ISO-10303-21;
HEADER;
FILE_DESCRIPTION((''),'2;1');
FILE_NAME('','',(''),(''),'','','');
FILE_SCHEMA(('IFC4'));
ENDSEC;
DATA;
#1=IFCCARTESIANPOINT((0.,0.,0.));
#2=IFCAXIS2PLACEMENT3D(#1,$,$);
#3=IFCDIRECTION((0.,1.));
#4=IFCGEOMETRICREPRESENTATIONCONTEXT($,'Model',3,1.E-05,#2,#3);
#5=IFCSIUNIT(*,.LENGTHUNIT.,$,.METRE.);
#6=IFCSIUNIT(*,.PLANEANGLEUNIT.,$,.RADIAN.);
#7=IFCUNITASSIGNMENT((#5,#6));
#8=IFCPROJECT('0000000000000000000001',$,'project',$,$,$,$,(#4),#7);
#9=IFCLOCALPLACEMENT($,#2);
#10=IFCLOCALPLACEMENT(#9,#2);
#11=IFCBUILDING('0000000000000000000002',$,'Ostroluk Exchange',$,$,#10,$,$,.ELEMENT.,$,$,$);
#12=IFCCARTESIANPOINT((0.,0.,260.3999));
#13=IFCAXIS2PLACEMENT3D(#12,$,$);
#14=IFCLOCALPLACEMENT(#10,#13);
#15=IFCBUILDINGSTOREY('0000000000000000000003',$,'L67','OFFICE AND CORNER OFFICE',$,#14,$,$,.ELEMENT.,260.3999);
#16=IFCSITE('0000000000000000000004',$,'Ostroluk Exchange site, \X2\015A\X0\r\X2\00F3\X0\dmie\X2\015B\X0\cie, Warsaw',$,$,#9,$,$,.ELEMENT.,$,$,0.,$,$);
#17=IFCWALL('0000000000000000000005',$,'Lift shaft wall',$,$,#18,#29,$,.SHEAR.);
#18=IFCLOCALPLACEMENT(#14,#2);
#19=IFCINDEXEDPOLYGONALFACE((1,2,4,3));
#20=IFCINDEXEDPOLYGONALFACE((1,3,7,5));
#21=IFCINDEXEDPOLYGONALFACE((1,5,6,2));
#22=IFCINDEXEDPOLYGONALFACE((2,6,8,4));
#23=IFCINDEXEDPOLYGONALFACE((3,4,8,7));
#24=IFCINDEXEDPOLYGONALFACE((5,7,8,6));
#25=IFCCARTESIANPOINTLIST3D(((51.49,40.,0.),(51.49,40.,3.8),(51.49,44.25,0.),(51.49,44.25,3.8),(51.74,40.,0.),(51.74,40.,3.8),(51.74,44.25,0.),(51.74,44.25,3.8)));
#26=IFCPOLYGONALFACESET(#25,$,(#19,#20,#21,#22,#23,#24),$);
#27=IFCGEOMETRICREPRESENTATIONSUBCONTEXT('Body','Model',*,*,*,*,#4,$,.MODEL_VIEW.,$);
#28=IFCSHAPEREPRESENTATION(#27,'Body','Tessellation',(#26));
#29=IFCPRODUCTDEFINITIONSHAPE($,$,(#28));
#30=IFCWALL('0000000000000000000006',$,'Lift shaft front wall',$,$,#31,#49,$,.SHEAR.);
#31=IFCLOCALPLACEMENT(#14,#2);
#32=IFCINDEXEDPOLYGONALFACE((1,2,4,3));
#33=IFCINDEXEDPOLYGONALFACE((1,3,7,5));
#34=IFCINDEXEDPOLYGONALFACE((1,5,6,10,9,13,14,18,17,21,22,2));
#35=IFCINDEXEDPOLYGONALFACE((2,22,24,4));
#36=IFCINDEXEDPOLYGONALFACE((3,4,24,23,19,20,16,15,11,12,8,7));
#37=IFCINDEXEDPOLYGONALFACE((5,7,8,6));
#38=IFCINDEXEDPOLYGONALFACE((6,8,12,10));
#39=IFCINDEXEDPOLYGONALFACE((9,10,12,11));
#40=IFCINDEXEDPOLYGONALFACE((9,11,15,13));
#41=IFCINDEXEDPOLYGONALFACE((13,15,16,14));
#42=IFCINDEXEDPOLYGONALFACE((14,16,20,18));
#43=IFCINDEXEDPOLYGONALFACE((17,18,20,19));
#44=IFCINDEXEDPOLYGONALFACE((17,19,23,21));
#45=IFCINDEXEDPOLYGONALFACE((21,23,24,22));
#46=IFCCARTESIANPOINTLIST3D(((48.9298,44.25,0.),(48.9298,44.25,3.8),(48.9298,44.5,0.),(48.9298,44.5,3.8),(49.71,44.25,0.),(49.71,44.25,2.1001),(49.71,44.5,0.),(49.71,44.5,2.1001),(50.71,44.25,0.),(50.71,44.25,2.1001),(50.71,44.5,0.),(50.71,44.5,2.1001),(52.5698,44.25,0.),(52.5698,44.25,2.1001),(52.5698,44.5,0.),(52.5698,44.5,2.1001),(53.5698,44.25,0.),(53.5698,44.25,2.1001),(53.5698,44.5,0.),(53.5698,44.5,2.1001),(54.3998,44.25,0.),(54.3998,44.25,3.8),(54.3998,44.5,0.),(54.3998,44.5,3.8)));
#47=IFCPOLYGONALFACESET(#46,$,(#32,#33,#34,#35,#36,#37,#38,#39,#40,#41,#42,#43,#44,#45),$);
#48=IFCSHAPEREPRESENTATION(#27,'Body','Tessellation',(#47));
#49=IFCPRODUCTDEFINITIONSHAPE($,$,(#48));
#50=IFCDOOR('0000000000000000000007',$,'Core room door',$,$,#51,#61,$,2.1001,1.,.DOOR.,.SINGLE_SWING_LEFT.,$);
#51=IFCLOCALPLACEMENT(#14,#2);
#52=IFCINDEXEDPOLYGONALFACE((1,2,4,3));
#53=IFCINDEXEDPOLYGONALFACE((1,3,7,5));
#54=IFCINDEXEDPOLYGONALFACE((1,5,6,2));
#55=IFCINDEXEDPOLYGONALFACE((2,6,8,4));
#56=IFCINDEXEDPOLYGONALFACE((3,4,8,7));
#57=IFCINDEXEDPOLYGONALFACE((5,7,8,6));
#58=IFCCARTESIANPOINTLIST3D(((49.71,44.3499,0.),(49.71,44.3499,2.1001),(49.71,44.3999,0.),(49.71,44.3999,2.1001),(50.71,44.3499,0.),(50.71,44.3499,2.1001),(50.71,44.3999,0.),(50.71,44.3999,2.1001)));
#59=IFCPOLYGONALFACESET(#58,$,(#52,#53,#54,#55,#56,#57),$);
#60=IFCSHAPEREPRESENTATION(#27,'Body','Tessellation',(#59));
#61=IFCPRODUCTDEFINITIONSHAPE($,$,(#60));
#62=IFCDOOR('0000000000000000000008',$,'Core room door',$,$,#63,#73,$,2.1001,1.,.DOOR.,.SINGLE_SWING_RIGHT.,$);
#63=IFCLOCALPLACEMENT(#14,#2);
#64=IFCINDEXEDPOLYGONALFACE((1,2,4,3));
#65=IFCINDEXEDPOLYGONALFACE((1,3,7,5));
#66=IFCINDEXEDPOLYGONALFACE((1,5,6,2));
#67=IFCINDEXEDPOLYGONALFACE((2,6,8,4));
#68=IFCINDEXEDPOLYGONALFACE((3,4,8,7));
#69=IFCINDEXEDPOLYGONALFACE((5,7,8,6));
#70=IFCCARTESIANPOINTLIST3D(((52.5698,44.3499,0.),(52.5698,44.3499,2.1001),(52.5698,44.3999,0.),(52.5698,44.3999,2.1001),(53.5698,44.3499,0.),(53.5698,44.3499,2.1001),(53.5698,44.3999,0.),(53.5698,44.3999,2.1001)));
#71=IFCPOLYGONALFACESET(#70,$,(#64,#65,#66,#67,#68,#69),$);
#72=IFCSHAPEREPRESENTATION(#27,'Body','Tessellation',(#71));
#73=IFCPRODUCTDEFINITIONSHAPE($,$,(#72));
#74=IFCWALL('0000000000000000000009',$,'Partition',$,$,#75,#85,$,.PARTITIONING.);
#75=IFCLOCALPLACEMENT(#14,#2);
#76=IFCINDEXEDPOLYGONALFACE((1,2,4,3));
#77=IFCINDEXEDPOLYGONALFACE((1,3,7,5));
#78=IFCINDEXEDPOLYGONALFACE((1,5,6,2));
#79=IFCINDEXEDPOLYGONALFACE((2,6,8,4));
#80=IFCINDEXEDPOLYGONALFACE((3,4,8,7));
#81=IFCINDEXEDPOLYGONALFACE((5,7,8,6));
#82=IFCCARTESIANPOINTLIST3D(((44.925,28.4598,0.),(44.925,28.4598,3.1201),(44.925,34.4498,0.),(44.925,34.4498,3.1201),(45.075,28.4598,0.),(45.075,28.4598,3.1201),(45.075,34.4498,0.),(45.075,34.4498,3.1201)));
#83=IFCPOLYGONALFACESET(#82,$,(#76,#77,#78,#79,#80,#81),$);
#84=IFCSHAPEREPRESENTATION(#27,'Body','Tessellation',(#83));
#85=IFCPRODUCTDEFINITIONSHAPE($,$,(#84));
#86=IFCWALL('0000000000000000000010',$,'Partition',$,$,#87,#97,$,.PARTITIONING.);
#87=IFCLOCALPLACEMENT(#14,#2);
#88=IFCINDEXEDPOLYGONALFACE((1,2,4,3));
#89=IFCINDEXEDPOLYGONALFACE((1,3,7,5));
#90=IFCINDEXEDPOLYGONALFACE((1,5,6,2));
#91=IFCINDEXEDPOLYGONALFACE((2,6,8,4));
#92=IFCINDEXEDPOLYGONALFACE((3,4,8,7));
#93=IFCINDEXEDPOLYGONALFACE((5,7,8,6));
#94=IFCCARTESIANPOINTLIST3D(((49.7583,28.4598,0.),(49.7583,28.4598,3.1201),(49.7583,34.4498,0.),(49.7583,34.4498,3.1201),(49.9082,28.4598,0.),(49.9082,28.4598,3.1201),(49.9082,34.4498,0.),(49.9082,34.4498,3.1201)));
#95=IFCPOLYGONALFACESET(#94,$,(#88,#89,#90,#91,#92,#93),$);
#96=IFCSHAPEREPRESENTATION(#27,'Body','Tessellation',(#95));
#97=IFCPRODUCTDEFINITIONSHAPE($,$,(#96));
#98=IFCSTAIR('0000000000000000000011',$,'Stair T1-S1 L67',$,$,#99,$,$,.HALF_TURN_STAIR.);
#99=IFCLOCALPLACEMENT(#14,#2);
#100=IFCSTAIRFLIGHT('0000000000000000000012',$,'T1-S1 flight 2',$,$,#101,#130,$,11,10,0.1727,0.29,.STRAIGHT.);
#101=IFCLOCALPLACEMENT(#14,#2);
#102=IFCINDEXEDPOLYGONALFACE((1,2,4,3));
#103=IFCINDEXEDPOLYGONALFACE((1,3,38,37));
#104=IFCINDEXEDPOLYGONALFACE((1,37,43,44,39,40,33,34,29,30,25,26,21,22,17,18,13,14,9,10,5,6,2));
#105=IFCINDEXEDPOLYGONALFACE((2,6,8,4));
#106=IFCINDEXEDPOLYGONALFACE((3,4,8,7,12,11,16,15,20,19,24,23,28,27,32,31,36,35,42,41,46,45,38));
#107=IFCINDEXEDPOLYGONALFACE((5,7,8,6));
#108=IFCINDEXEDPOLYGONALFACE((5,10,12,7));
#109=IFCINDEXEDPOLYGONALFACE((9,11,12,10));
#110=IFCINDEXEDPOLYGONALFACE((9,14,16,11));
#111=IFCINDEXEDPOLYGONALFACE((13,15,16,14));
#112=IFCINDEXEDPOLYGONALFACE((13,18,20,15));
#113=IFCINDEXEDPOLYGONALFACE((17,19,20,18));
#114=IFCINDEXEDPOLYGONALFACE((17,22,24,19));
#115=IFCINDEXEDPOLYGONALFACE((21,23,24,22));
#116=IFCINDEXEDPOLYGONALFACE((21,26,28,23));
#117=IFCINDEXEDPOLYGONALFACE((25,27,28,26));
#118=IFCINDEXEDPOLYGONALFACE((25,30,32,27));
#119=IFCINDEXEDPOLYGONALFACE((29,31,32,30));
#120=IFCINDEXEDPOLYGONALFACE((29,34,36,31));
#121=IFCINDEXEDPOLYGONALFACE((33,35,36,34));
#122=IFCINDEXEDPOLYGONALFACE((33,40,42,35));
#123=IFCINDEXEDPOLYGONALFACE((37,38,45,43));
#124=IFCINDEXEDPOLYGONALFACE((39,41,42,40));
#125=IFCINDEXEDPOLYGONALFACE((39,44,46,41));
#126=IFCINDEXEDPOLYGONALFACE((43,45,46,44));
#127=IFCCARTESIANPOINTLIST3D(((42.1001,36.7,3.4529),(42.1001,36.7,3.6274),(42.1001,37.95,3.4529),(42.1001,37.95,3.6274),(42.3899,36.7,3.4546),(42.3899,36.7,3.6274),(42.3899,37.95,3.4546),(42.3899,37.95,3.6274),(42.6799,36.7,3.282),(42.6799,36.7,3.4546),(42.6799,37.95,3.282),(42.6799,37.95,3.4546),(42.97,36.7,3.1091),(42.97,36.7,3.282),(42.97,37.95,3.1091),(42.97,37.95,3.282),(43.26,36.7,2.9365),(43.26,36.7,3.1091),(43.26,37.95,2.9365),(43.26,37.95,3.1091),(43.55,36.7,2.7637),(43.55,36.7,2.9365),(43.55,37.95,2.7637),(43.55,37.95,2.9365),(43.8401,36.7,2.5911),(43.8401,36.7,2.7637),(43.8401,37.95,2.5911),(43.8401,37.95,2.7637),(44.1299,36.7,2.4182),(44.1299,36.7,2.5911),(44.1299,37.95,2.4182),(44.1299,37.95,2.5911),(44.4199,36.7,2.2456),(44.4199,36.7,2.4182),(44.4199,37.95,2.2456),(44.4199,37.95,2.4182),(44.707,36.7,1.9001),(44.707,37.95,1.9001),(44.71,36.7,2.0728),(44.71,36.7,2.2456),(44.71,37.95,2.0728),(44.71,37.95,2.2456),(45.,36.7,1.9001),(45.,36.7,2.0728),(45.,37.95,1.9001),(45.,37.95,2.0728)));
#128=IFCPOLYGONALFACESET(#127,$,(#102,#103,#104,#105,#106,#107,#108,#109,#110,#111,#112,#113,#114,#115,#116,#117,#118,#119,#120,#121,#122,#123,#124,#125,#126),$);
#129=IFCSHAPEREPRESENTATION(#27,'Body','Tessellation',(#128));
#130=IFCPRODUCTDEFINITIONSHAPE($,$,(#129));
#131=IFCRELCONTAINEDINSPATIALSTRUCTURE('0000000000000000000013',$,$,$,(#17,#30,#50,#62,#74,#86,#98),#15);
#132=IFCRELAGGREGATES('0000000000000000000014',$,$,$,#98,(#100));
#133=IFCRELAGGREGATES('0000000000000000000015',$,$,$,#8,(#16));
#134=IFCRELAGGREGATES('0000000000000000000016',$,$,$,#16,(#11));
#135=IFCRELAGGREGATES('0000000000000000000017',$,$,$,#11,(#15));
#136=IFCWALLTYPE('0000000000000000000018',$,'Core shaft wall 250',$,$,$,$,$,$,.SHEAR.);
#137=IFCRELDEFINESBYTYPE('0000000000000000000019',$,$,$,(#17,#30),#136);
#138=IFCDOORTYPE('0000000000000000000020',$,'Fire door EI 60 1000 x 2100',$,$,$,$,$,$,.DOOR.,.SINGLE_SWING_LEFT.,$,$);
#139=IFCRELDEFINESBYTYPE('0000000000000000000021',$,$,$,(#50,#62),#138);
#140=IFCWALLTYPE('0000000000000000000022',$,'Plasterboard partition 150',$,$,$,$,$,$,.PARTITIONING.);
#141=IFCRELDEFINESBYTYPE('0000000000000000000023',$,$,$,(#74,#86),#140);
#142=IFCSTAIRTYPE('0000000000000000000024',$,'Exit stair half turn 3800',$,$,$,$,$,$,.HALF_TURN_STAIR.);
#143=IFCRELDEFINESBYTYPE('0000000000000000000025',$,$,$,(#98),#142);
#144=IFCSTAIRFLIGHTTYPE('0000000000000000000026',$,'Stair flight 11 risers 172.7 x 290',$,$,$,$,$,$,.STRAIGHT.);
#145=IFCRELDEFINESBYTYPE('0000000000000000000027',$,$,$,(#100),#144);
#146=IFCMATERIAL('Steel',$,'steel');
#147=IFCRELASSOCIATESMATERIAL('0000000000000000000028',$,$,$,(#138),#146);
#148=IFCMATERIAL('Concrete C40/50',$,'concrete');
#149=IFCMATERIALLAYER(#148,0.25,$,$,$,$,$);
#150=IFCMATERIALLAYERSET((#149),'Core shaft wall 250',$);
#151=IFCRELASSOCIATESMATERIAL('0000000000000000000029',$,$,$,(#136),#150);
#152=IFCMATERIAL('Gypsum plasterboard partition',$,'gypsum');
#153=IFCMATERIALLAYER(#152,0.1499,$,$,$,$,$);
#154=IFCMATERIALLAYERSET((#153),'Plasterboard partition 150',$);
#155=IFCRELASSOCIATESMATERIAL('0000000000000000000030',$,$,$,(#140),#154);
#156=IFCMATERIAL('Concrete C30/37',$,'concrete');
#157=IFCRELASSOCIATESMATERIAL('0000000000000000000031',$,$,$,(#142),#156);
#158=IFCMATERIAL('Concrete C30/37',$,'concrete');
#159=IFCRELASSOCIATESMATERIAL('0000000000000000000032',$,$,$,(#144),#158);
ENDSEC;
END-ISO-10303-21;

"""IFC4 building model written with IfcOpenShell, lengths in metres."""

from ifc_helpers import new_model, si_unit, direction, frame, frame_2d, origin, place, context, subcontext, project, spatial, polyline, rectangle, outline, extrude, material, layer, layer_set, type_object, element, fill, aggregate, save


model = new_model("IFC4")

# Units and contexts
model_context = context("Model", 3, precision=1e-05, world=origin(), true_north=direction((0.0, 1.0)))
body_context = subcontext(model_context, "Body", "Model", "MODEL_VIEW")
ifc_project = project(units=[si_unit("LENGTHUNIT", "METRE"), si_unit("PLANEANGLEUNIT", "RADIAN")], contexts=[model_context])

# Site, building, storey
site_placement = place(None, origin())
site = spatial("IfcSite", under=ifc_project, at=site_placement, Name="Ostroluk Exchange site, Śródmieście, Warsaw", CompositionType="ELEMENT", RefElevation=0.0)
building_placement = place(site_placement, origin())
building = spatial("IfcBuilding", under=site, at=building_placement, Name="Ostroluk Exchange", CompositionType="ELEMENT")
storey_placement = place(building_placement, frame((0.0, 0.0, 260.3999)))
storey = spatial("IfcBuildingStorey", under=building, at=storey_placement, Name="L67", Description="OFFICE AND CORNER OFFICE", CompositionType="ELEMENT", Elevation=260.3999)

# Shared definitions
ifc_material_1 = material(Name="Steel", Category="steel")
door_type_1 = type_object("IfcDoorType", Name="Fire door EI 60 1000 x 2100", OperationType="SINGLE_SWING_LEFT", PredefinedType="DOOR", material=ifc_material_1)

# Shared definitions
ifc_material_2 = material(Name="Concrete C40/50", Category="concrete")
ifc_layer_1 = layer(ifc_material_2, 0.25)
ifc_layer_set_1 = layer_set([ifc_layer_1], Name="Core shaft wall 250")
wall_type_1 = type_object("IfcWallType", Name="Core shaft wall 250", PredefinedType="SHEAR", material=ifc_layer_set_1)

# Wall
wall_1_placement = place(storey_placement, frame((51.615, 44.25, 0.0), z_axis=(0.0, 0.0, 1.0), x_axis=(0.0, -1.0, 0.0)))
element("IfcWall", 1, at=wall_1_placement, inside=storey, type_object=wall_type_1, Name="Lift shaft wall", PredefinedType="SHEAR", context=body_context, shape_type="SweptSolid", body=[
    extrude(rectangle(XDim=4.25, YDim=0.25, at=frame_2d((2.125, 0.0))), origin(), (0.0, 0.0, 1.0), 3.8),
])

# Wall, openings, doors
wall_2_placement = place(storey_placement, frame((48.9299, 44.375, 0.0), z_axis=(0.0, 0.0, 1.0), x_axis=(1.0, 0.0, 0.0)))
wall_2 = element("IfcWall", 2, at=wall_2_placement, inside=storey, type_object=wall_type_1, Name="Lift shaft front wall", PredefinedType="SHEAR", context=body_context, shape_type="SweptSolid", body=[
    extrude(rectangle(XDim=5.47, YDim=0.25, at=frame_2d((2.7349, 0.0))), origin(), (0.0, 0.0, 1.0), 3.8),
])
opening_1_placement = place(wall_2_placement, frame((0.78, 0.0, 0.0)))
opening_1 = element("IfcOpeningElement", 3, at=opening_1_placement, cuts=wall_2, PredefinedType="OPENING", context=body_context, shape_type="SweptSolid", body=[
    extrude(rectangle(XDim=1.0, YDim=2.1001, at=frame_2d((0.5, 1.05))), frame((0.0, 0.135, 0.0), z_axis=(0.0, -1.0, 0.0), x_axis=(1.0, 0.0, 0.0)), (0.0, 0.0, 1.0), 0.27),
])
opening_2_placement = place(wall_2_placement, frame((3.6399, 0.0, 0.0)))
opening_2 = element("IfcOpeningElement", 4, at=opening_2_placement, cuts=wall_2, PredefinedType="OPENING", context=body_context, shape_type="SweptSolid", body=[
    extrude(rectangle(XDim=1.0, YDim=2.1001, at=frame_2d((0.5, 1.05))), frame((0.0, 0.135, 0.0), z_axis=(0.0, -1.0, 0.0), x_axis=(1.0, 0.0, 0.0)), (0.0, 0.0, 1.0), 0.27),
])
door_1_placement = place(opening_1_placement, origin())
door_1 = element("IfcDoor", 5, at=door_1_placement, inside=storey, type_object=door_type_1, Name="Core room door", OperationType="SINGLE_SWING_LEFT", OverallHeight=2.1001, OverallWidth=1.0, PredefinedType="DOOR", context=body_context, shape_type="SweptSolid", body=[
    extrude(rectangle(XDim=1.0, YDim=2.1001, at=frame_2d((0.5, 1.05))), frame((0.0, 0.0249, 0.0), z_axis=(0.0, -1.0, 0.0), x_axis=(1.0, 0.0, 0.0)), (0.0, 0.0, 1.0), 0.05),
])
fill(opening_1, door_1)
door_2_placement = place(opening_2_placement, origin())
door_2 = element("IfcDoor", 6, at=door_2_placement, inside=storey, type_object=door_type_1, Name="Core room door", OperationType="SINGLE_SWING_RIGHT", OverallHeight=2.1001, OverallWidth=1.0, PredefinedType="DOOR", context=body_context, shape_type="SweptSolid", body=[
    extrude(rectangle(XDim=1.0, YDim=2.1001, at=frame_2d((0.5, 1.05))), frame((0.0, 0.0249, 0.0), z_axis=(0.0, -1.0, 0.0), x_axis=(1.0, 0.0, 0.0)), (0.0, 0.0, 1.0), 0.05),
])
fill(opening_2, door_2)

# Walls
ifc_material_3 = material(Name="Gypsum plasterboard partition", Category="gypsum")
ifc_layer_2 = layer(ifc_material_3, 0.1499)
ifc_layer_set_2 = layer_set([ifc_layer_2], Name="Plasterboard partition 150")
wall_type_2 = type_object("IfcWallType", Name="Plasterboard partition 150", PredefinedType="PARTITIONING", material=ifc_layer_set_2)
for number, where, z_axis, x_axis, name in (
    (7, (45.0, 34.45, 0.0), (0.0, 0.0, 1.0), (0.0, -1.0, 0.0), "Partition"),
    (8, (49.8333, 34.45, 0.0), (0.0, 0.0, 1.0), (0.0, -1.0, 0.0), "Partition"),
):
    element("IfcWall", number, at=place(storey_placement, frame(where, z_axis=z_axis, x_axis=x_axis)), inside=storey, type_object=wall_type_2, Name=name, PredefinedType="PARTITIONING", context=body_context, shape_type="SweptSolid", body=[
        extrude(rectangle(XDim=5.99, YDim=0.1499, at=frame_2d((2.9951, 0.0))), origin(), (0.0, 0.0, 1.0), 3.1201),
    ])

# Stair, stair flight
ifc_material_4 = material(Name="Concrete C30/37", Category="concrete")
stair_type = type_object("IfcStairType", Name="Exit stair half turn 3800", PredefinedType="HALF_TURN_STAIR", material=ifc_material_4)
stair_placement = place(storey_placement, origin())
stair = element("IfcStair", 9, at=stair_placement, inside=storey, type_object=stair_type, Name="Stair T1-S1 L67", PredefinedType="HALF_TURN_STAIR")
ifc_material_5 = material(Name="Concrete C30/37", Category="concrete")
stair_flight_type = type_object("IfcStairFlightType", Name="Stair flight 11 risers 172.7 x 290", PredefinedType="STRAIGHT", material=ifc_material_5)
stair_flight_placement = place(storey_placement, frame((45.0, 37.325, 1.9001), z_axis=(0.0, 0.0, 1.0), x_axis=(-1.0, 0.0, 0.0)))
stair_flight = element("IfcStairFlight", 10, at=stair_flight_placement, type_object=stair_flight_type, Name="T1-S1 flight 2", NumberOfRisers=11, NumberOfTreads=10, PredefinedType="STRAIGHT", RiserHeight=0.1727, TreadLength=0.29, context=body_context, shape_type="SweptSolid", body=[
    extrude(outline(polyline([(0.0, 0.0), (0.0, 0.1726), (0.29, 0.1726), (0.29, 0.3455), (0.5801, 0.3455), (0.5801, 0.5181), (0.8701, 0.5181), (0.8701, 0.6909), (1.1599, 0.6909), (1.1599, 0.8635), (1.45, 0.8635), (1.45, 1.0364), (1.74, 1.0364), (1.74, 1.209), (2.03, 1.209), (2.03, 1.3818), (2.3201, 1.3818), (2.3201, 1.5544), (2.6101, 1.5544), (2.6101, 1.7273), (2.8999, 1.7273), (2.8999, 1.8999), (2.8999, 1.5527), (0.293, 0.0), (0.0, 0.0)])), frame((0.0, 0.625, 0.0), z_axis=(0.0, -1.0, 0.0), x_axis=(1.0, 0.0, 0.0)), (0.0, 0.0, 1.0), 1.25),
])
aggregate(stair, [stair_flight])

save(model, "model.ifc")
